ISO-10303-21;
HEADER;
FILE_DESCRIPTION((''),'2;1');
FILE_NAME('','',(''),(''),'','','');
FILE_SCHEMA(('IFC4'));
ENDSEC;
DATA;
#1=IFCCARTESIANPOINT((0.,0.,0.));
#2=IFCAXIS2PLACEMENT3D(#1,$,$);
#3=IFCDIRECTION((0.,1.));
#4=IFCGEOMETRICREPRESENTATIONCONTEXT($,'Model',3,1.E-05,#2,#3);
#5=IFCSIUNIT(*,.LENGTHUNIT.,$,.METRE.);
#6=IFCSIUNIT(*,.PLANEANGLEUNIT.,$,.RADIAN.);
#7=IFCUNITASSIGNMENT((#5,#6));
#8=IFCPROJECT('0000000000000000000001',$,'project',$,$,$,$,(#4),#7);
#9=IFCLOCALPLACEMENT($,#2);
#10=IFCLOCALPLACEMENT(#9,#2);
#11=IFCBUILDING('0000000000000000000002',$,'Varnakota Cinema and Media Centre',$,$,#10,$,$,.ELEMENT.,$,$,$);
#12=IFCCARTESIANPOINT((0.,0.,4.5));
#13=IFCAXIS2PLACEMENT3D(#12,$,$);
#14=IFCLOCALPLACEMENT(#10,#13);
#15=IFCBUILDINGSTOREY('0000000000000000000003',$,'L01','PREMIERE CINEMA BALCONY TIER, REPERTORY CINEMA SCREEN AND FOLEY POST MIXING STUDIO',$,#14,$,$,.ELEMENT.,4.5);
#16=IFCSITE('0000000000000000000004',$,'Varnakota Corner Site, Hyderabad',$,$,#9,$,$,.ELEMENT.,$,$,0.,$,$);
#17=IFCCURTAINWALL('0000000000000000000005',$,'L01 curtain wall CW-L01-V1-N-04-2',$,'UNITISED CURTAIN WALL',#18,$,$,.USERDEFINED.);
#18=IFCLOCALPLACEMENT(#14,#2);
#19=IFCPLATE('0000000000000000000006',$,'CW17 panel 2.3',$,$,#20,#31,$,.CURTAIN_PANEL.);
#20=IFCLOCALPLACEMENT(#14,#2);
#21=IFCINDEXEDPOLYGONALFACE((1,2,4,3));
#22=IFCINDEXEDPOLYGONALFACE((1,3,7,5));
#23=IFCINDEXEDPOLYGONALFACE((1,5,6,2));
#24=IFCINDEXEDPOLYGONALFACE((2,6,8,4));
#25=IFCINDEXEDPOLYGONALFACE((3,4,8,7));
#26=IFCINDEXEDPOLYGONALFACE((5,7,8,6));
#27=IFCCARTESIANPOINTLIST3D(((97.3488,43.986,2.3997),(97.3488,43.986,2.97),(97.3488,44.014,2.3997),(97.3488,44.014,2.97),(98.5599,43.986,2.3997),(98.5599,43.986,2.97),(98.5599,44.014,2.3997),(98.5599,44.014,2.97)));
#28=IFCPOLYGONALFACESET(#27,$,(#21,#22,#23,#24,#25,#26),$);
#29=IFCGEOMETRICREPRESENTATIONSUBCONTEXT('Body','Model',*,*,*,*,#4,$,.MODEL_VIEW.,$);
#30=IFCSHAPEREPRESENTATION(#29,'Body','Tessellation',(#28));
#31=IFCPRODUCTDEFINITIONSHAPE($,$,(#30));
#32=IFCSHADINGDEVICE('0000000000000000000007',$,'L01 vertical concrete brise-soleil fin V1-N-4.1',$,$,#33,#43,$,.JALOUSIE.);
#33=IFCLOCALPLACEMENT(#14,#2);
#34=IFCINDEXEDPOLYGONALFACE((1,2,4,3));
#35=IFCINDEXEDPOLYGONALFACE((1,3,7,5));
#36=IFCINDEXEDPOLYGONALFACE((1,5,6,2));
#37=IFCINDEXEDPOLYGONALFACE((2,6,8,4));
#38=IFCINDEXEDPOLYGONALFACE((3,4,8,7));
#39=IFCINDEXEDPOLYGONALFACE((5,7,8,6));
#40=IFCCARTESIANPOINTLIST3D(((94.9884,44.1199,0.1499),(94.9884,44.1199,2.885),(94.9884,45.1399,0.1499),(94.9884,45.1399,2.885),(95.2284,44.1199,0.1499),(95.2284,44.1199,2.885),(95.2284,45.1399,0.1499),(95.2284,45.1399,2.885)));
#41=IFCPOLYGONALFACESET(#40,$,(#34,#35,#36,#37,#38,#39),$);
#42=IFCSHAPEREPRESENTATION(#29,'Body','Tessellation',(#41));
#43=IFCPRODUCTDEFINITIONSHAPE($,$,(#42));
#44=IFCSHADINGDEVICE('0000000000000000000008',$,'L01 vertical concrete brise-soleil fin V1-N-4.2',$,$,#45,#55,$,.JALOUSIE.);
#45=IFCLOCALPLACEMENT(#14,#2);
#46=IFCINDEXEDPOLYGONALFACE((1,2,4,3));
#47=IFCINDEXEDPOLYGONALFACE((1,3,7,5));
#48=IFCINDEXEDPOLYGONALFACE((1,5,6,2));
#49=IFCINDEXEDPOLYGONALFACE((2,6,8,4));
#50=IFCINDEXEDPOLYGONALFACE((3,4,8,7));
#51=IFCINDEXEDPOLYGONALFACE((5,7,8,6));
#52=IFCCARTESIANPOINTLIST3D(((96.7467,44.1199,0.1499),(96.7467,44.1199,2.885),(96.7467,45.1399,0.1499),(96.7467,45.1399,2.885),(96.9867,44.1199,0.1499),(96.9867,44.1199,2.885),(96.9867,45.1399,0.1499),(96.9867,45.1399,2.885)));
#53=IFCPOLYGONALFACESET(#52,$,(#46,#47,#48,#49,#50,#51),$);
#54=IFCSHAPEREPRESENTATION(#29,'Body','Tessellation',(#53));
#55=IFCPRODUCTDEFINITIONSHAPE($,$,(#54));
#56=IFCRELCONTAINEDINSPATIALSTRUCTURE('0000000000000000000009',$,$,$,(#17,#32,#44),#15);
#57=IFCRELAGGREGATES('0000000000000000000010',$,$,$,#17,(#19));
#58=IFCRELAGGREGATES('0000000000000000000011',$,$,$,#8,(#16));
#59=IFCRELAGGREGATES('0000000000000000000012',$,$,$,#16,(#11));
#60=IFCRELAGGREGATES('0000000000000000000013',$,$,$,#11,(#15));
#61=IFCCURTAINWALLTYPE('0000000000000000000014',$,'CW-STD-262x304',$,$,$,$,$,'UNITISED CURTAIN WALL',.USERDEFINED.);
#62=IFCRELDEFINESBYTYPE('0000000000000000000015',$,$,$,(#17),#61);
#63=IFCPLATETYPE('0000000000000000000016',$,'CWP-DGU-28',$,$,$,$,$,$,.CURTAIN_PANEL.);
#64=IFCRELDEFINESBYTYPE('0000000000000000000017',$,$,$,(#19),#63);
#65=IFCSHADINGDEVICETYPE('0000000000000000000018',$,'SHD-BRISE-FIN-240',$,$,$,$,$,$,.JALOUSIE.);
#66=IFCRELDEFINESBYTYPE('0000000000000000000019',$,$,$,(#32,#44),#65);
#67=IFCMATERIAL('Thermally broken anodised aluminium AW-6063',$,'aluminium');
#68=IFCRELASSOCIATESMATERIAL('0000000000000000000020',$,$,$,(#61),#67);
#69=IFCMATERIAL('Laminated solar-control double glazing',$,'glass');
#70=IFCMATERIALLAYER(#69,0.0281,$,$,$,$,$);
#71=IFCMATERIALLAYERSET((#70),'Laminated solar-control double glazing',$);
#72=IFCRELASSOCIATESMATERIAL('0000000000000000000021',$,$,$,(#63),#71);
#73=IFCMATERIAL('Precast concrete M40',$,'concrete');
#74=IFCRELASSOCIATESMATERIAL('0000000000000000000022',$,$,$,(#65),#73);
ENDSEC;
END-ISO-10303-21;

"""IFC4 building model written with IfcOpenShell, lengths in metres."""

from ifc_helpers import new_model, si_unit, direction, frame, origin, origin_2d, place, context, subcontext, project, spatial, rectangle, extrude, material, layer, layer_set, type_object, element, aggregate, save


model = new_model("IFC4")

# Units and contexts
model_context = context("Model", 3, precision=1e-05, world=origin(), true_north=direction((0.0, 1.0)))
body_context = subcontext(model_context, "Body", "Model", "MODEL_VIEW")
ifc_project = project(units=[si_unit("LENGTHUNIT", "METRE"), si_unit("PLANEANGLEUNIT", "RADIAN")], contexts=[model_context])

# Site, building, storey
site_placement = place(None, origin())
site = spatial("IfcSite", under=ifc_project, at=site_placement, Name="Varnakota Corner Site, Hyderabad", CompositionType="ELEMENT", RefElevation=0.0)
building_placement = place(site_placement, origin())
building = spatial("IfcBuilding", under=site, at=building_placement, Name="Varnakota Cinema and Media Centre", CompositionType="ELEMENT")
storey_placement = place(building_placement, frame((0.0, 0.0, 4.5)))
storey = spatial("IfcBuildingStorey", under=building, at=storey_placement, Name="L01", Description="PREMIERE CINEMA BALCONY TIER, REPERTORY CINEMA SCREEN AND FOLEY POST MIXING STUDIO", CompositionType="ELEMENT", Elevation=4.5)

# Curtain wall
ifc_material_1 = material(Name="Thermally broken anodised aluminium AW-6063", Category="aluminium")
curtain_wall_type = type_object("IfcCurtainWallType", Name="CW-STD-262x304", ElementType="UNITISED CURTAIN WALL", PredefinedType="USERDEFINED", material=ifc_material_1)
curtain_wall_1_placement = place(storey_placement, origin())
curtain_wall_1 = element("IfcCurtainWall", 1, at=curtain_wall_1_placement, inside=storey, type_object=curtain_wall_type, Name="L01 curtain wall CW-L01-V1-N-04-2", ObjectType="UNITISED CURTAIN WALL", PredefinedType="USERDEFINED")

# Plate
ifc_material_2 = material(Name="Laminated solar-control double glazing", Category="glass")
ifc_layer = layer(ifc_material_2, 0.0281)
ifc_layer_set = layer_set([ifc_layer], Name="Laminated solar-control double glazing")
plate_type = type_object("IfcPlateType", Name="CWP-DGU-28", PredefinedType="CURTAIN_PANEL", material=ifc_layer_set)
plate_1_placement = place(storey_placement, frame((97.9543, 44.0, 2.3997), z_axis=(0.0, 0.0, 1.0), x_axis=(1.0, 0.0, 0.0)))
plate_1 = element("IfcPlate", 2, at=plate_1_placement, type_object=plate_type, Name="CW17 panel 2.3", PredefinedType="CURTAIN_PANEL", context=body_context, shape_type="SweptSolid", body=[
    extrude(rectangle(XDim=1.2112, YDim=0.0281, at=origin_2d()), origin(), (0.0, 0.0, 1.0), 0.5703),
])
aggregate(curtain_wall_1, [plate_1])

# Shading devices
ifc_material_3 = material(Name="Precast concrete M40", Category="concrete")
shading_device_type = type_object("IfcShadingDeviceType", Name="SHD-BRISE-FIN-240", PredefinedType="JALOUSIE", material=ifc_material_3)
for number, where, z_axis, x_axis, name in (
    (3, (95.1084, 44.6299, 0.1499), (0.0, 0.0, 1.0), (1.0, 0.0, 0.0), "L01 vertical concrete brise-soleil fin V1-N-4.1"),
    (4, (96.8667, 44.6299, 0.1499), (0.0, 0.0, 1.0), (1.0, 0.0, 0.0), "L01 vertical concrete brise-soleil fin V1-N-4.2"),
):
    element("IfcShadingDevice", number, at=place(storey_placement, frame(where, z_axis=z_axis, x_axis=x_axis)), inside=storey, type_object=shading_device_type, Name=name, PredefinedType="JALOUSIE", context=body_context, shape_type="SweptSolid", body=[
        extrude(rectangle(XDim=0.24, YDim=1.02, at=origin_2d()), origin(), (0.0, 0.0, 1.0), 2.7351),
    ])

save(model, "model.ifc")
